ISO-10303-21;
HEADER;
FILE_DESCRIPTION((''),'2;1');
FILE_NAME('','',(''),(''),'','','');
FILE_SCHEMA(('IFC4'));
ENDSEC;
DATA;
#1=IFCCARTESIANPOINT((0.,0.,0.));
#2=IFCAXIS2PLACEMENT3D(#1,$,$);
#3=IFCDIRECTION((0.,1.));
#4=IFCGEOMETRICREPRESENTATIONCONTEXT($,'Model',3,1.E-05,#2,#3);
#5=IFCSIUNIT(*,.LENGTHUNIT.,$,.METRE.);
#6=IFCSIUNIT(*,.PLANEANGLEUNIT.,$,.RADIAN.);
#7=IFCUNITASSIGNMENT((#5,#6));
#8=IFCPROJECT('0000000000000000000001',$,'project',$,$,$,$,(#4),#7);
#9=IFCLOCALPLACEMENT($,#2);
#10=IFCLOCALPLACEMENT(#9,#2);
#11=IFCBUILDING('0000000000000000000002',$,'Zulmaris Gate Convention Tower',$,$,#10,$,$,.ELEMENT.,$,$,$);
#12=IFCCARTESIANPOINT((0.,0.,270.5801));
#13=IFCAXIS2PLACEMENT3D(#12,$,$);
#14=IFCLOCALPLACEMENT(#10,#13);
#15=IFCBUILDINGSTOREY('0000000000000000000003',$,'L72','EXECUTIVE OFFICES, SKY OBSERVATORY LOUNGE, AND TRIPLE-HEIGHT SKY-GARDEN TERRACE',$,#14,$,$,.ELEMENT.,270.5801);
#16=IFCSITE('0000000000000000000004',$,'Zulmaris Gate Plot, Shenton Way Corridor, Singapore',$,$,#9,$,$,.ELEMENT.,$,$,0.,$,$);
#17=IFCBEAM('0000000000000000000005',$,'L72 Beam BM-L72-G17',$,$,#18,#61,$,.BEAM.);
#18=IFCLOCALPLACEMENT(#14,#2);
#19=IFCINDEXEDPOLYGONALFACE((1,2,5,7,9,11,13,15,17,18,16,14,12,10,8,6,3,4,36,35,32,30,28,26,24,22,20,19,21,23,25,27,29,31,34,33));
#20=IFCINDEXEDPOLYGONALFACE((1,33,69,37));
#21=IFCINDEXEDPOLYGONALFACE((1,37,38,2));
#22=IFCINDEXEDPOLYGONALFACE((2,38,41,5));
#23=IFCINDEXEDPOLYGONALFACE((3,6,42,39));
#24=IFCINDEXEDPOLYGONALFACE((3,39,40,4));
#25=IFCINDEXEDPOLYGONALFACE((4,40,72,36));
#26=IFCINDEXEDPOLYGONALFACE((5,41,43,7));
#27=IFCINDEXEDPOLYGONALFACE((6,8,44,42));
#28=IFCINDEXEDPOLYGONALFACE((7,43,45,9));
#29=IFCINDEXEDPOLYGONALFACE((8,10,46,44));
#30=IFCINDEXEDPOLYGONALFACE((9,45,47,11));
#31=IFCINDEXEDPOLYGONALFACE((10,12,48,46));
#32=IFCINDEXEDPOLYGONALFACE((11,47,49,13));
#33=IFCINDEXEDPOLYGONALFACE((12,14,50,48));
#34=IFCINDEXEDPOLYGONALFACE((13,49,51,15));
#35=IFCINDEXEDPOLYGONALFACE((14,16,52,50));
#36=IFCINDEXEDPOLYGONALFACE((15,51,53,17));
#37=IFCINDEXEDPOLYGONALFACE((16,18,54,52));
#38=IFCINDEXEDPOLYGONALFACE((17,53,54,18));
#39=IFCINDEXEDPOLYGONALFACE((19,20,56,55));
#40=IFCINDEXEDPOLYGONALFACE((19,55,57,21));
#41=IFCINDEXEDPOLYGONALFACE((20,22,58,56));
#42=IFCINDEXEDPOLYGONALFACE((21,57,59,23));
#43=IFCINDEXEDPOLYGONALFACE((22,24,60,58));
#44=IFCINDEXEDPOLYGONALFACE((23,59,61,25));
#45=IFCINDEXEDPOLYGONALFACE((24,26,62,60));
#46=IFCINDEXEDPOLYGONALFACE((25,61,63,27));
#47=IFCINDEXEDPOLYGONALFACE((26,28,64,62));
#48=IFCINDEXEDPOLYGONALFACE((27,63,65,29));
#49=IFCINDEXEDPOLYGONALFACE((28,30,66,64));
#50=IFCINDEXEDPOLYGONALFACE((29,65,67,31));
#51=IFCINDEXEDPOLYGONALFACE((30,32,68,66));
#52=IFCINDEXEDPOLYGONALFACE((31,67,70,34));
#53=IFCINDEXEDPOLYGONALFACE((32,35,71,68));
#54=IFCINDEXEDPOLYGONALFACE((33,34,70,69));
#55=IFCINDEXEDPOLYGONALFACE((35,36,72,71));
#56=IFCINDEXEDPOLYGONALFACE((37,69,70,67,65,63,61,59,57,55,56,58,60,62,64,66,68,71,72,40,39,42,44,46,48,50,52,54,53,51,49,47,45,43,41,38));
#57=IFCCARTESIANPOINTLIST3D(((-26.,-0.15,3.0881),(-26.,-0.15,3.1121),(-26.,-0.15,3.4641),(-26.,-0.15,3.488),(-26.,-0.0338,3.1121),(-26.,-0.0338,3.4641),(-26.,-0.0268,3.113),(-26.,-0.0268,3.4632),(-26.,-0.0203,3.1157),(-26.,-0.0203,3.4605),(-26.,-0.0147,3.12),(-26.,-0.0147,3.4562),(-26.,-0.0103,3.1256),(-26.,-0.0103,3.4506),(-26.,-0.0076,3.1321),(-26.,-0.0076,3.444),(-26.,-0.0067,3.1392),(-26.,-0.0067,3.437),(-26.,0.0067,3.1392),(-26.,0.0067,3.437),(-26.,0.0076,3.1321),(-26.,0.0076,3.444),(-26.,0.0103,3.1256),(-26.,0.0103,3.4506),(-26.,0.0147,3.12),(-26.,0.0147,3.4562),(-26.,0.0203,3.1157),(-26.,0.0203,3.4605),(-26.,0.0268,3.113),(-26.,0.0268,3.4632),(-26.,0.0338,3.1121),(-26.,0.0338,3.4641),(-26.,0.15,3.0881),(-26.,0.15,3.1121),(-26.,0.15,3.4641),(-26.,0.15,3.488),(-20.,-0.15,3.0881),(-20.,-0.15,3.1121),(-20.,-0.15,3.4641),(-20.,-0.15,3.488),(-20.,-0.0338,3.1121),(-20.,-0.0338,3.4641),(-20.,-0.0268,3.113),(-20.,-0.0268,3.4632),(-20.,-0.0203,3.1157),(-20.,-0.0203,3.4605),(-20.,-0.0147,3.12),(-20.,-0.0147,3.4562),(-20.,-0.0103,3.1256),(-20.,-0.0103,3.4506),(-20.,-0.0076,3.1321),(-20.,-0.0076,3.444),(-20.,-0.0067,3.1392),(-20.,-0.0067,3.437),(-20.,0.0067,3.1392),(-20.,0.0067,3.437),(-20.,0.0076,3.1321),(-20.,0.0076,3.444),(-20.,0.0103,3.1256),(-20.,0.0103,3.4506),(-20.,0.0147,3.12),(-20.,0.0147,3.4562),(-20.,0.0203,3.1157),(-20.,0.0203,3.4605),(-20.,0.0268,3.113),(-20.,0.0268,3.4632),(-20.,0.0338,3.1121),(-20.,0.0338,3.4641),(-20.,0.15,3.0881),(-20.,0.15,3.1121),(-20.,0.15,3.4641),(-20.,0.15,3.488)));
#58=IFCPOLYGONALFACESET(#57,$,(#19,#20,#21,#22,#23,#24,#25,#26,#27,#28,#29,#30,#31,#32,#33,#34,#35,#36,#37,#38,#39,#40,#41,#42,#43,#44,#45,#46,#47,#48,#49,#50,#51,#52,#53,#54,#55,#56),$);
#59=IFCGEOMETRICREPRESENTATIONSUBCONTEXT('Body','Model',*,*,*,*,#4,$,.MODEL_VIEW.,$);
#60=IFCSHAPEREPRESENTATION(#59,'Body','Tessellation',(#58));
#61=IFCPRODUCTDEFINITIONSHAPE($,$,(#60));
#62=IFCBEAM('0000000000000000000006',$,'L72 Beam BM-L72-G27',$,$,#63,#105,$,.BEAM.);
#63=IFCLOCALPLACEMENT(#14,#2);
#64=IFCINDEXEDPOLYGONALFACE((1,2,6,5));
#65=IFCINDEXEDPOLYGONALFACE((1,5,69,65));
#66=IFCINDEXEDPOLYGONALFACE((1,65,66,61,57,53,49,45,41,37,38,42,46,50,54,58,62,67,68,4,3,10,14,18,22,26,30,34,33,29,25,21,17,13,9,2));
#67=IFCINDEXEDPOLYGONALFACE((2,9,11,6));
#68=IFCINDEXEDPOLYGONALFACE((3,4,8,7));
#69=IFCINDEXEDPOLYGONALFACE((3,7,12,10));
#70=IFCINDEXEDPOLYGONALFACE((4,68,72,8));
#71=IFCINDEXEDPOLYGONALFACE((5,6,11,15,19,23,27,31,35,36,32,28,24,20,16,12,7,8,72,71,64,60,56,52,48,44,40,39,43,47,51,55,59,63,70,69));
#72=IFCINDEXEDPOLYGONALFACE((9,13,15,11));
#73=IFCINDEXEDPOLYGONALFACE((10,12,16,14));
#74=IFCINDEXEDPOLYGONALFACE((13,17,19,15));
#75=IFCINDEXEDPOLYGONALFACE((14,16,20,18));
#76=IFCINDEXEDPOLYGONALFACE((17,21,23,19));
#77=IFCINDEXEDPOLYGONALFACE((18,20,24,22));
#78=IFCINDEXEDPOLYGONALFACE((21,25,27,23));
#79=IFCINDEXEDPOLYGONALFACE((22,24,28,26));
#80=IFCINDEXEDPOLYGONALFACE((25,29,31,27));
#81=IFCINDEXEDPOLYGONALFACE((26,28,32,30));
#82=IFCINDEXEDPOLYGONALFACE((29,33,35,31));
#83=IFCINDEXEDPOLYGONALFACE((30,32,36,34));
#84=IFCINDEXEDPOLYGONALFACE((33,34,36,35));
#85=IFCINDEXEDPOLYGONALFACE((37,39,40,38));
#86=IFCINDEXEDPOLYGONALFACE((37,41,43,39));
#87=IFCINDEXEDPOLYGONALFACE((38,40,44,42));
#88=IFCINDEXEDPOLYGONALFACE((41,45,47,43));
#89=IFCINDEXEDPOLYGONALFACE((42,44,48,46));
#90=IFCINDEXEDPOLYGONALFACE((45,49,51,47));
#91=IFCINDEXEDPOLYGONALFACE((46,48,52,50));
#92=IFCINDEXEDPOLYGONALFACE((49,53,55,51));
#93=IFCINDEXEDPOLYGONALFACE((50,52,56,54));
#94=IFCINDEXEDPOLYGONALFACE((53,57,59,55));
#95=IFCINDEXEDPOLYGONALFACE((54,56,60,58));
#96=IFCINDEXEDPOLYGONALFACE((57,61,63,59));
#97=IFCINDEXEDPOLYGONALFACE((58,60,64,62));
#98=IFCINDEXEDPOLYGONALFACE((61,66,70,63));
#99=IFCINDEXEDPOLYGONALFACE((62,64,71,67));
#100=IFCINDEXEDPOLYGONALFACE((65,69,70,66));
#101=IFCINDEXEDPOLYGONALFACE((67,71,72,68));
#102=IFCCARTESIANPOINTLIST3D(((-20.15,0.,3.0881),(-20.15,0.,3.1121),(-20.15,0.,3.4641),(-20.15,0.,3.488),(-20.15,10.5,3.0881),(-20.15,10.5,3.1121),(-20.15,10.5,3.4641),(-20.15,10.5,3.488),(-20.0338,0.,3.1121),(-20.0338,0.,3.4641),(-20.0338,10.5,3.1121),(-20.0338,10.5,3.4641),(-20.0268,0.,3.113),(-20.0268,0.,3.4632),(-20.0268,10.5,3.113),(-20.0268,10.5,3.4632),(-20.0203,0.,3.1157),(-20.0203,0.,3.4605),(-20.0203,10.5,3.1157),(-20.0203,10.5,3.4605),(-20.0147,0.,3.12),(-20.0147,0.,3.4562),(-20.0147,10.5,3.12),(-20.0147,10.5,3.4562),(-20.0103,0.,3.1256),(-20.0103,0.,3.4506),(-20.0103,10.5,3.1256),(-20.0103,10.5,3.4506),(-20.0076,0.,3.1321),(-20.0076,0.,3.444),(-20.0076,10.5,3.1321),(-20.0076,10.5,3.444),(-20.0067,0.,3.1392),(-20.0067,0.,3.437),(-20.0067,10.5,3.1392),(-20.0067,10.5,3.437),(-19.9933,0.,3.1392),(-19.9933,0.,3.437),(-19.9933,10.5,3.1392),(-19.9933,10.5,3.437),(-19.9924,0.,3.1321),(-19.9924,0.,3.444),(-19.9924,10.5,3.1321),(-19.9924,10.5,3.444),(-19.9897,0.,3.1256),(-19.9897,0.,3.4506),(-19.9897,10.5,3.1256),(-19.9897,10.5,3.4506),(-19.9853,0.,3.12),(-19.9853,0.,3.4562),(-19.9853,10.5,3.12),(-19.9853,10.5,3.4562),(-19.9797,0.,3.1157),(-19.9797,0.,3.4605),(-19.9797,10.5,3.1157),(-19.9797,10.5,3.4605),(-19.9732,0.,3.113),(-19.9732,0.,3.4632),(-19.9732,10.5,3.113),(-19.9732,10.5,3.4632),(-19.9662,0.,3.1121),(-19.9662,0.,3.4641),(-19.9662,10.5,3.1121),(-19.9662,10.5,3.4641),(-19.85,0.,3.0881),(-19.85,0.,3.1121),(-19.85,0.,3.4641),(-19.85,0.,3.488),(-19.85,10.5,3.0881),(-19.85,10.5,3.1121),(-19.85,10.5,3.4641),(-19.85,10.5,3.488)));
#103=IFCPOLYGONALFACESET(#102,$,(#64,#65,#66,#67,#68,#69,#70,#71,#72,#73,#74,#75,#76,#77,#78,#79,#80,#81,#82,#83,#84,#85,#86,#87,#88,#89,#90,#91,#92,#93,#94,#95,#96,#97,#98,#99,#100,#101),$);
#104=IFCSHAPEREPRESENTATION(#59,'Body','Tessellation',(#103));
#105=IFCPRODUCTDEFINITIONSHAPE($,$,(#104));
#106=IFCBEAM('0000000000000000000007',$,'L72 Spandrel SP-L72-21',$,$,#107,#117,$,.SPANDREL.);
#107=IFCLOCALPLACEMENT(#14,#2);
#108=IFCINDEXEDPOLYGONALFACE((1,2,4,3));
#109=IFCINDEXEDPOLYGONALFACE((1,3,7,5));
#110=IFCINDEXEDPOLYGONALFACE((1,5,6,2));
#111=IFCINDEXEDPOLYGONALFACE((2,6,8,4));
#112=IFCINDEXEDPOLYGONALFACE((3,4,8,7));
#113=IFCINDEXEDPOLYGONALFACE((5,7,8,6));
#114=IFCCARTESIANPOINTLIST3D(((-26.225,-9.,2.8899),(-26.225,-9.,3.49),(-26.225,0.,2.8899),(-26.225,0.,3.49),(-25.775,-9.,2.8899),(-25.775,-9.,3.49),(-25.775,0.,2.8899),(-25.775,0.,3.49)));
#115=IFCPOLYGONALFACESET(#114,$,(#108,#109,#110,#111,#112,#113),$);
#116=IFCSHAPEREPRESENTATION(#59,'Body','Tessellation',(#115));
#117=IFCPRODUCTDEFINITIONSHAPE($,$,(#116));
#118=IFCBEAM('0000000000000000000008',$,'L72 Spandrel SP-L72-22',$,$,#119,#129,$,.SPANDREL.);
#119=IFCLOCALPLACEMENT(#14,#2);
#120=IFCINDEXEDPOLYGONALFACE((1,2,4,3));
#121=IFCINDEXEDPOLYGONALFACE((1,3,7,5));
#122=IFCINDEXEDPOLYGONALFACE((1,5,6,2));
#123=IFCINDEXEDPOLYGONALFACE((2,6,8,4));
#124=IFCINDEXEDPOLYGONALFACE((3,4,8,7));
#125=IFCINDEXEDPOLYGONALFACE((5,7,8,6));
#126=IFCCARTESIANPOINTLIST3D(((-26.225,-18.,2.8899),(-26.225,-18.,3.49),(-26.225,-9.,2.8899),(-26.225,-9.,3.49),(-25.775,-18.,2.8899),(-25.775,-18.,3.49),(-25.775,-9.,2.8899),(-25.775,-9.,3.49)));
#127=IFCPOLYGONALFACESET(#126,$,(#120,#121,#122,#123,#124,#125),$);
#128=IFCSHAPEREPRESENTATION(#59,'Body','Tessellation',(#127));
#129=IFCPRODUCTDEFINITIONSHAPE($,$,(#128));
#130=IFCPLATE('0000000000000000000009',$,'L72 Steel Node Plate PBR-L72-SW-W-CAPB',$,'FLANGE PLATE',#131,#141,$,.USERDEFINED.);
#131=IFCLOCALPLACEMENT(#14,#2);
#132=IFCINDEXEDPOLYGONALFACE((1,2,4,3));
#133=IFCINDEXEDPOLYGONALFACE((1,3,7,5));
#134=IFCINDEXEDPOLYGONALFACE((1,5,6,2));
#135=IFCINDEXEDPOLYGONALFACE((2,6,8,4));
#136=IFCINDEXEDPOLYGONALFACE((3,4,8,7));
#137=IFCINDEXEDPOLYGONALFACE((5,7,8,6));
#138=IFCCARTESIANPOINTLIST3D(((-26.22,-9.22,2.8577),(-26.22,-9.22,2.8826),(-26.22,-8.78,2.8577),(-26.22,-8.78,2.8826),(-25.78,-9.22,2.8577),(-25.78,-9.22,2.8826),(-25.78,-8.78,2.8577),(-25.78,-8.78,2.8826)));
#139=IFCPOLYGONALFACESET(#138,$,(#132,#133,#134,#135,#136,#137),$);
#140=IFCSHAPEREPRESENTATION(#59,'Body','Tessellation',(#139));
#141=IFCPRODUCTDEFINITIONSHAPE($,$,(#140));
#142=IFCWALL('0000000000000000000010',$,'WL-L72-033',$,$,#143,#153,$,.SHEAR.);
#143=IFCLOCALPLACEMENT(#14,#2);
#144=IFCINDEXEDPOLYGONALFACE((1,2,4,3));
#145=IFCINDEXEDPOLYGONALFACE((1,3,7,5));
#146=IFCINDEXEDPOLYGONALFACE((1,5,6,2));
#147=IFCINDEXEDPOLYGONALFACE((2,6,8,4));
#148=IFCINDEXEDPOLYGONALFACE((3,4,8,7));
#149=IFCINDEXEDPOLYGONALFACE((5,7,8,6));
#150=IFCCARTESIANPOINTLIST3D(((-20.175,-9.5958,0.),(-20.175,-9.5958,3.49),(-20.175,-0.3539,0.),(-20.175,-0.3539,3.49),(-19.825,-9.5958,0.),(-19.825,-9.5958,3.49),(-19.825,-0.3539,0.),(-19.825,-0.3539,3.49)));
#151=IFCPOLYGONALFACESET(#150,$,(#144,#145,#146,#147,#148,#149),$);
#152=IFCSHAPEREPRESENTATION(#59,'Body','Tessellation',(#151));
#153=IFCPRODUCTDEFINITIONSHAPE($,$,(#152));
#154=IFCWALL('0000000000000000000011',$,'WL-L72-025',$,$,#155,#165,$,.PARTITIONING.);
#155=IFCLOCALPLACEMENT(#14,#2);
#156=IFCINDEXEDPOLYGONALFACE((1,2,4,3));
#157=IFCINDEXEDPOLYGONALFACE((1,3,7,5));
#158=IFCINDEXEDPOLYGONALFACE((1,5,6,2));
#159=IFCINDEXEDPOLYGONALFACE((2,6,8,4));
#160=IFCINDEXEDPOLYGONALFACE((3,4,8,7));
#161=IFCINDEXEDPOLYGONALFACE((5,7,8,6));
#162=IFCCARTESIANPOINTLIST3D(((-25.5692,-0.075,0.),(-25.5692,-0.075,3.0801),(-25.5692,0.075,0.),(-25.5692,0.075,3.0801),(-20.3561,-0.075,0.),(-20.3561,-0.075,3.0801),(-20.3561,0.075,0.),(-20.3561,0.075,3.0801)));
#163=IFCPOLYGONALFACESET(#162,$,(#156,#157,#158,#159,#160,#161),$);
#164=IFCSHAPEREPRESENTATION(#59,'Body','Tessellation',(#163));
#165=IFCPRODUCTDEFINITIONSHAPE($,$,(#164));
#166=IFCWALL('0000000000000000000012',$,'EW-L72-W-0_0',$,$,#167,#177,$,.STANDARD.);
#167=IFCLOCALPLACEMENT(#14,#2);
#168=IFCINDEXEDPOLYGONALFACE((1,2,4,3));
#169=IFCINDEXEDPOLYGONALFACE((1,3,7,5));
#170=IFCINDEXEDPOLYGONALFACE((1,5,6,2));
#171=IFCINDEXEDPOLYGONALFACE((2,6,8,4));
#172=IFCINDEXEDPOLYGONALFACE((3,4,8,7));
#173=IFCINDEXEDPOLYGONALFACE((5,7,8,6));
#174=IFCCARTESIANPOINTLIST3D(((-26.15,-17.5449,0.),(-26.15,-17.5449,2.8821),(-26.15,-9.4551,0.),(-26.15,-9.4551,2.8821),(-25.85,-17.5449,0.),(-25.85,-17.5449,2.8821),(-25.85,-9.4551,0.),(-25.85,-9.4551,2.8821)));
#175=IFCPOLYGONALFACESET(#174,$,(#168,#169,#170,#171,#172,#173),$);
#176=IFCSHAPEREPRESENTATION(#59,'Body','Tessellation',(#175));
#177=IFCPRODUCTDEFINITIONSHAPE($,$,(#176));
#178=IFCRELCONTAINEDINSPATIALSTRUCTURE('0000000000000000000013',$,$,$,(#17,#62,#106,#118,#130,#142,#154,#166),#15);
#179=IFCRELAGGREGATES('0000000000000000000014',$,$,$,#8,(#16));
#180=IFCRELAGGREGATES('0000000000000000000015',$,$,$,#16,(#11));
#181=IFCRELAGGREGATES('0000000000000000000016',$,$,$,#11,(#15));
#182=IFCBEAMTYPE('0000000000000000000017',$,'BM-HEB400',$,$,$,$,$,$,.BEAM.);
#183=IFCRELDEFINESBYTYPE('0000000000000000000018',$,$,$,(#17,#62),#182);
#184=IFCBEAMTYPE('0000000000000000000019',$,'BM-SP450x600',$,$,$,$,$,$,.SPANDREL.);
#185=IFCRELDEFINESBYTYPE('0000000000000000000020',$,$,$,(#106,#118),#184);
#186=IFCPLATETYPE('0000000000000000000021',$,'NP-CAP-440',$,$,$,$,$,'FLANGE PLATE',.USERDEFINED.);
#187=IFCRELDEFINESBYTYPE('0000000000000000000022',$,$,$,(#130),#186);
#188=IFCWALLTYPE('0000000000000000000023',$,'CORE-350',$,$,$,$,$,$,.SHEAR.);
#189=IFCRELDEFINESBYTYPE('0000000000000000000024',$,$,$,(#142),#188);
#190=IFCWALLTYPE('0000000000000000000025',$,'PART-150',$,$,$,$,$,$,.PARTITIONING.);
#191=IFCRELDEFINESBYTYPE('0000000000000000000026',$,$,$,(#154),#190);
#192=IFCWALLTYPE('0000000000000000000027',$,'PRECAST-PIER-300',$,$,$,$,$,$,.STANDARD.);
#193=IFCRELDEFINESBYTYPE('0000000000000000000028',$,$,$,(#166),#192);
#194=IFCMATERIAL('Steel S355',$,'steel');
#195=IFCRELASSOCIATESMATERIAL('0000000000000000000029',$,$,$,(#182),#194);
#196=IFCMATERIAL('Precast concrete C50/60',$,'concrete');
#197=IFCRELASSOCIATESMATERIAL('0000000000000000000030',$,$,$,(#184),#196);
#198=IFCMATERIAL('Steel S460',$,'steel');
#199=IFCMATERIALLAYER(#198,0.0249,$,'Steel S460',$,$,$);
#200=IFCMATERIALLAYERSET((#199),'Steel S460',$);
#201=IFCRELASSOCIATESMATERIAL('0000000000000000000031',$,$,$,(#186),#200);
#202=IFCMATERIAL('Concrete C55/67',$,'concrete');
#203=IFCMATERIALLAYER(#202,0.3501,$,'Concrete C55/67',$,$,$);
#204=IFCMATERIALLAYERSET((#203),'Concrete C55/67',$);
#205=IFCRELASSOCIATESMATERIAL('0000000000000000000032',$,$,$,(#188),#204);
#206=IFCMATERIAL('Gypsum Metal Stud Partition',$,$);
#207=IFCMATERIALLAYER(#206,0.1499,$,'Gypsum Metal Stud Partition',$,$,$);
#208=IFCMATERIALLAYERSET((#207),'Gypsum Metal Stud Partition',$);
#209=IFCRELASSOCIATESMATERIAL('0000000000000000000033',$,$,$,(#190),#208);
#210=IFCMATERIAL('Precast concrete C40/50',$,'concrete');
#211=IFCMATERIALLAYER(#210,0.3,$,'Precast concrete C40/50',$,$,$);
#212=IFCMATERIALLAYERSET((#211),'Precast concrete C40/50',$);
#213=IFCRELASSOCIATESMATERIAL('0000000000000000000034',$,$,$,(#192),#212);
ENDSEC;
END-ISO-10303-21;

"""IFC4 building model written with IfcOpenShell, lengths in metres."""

from ifc_helpers import new_model, si_unit, direction, frame, frame_2d, origin, origin_2d, place, context, subcontext, project, spatial, rectangle, i_section, extrude, material, layer, layer_set, material_profile, profile_set, type_object, element, save


model = new_model("IFC4")

# Units and contexts
model_context = context("Model", 3, precision=1e-05, world=origin(), true_north=direction((0.0, 1.0)))
body_context = subcontext(model_context, "Body", "Model", "MODEL_VIEW")
ifc_project = project(units=[si_unit("LENGTHUNIT", "METRE"), si_unit("PLANEANGLEUNIT", "RADIAN")], contexts=[model_context])

# Site, building, storey
site_placement = place(None, origin())
site = spatial("IfcSite", under=ifc_project, at=site_placement, Name="Zulmaris Gate Plot, Shenton Way Corridor, Singapore", CompositionType="ELEMENT", RefElevation=0.0)
building_placement = place(site_placement, origin())
building = spatial("IfcBuilding", under=site, at=building_placement, Name="Zulmaris Gate Convention Tower", CompositionType="ELEMENT")
storey_placement = place(building_placement, frame((0.0, 0.0, 270.5801)))
storey = spatial("IfcBuildingStorey", under=building, at=storey_placement, Name="L72", Description="EXECUTIVE OFFICES, SKY OBSERVATORY LOUNGE, AND TRIPLE-HEIGHT SKY-GARDEN TERRACE", CompositionType="ELEMENT", Elevation=270.5801)

# Beams
ifc_material_1 = material(Name="Steel S355", Category="steel")
ifc_material_profile_1 = material_profile(ifc_material_1, i_section(OverallWidth=0.3, OverallDepth=0.3999, WebThickness=0.0134, FlangeThickness=0.0239, FilletRadius=0.0271, at=origin_2d()), Name="HEB 400")
ifc_profile_set_1 = profile_set([ifc_material_profile_1], Name="Steel S355")
beam_type_1 = type_object("IfcBeamType", Name="BM-HEB400", PredefinedType="BEAM", material=ifc_profile_set_1)
for number, where, z_axis, x_axis, name in (
    (1, (-26.0, 0.0, 3.2881), (1.0, 0.0, 0.0), (0.0, 1.0, 0.0), "L72 Beam BM-L72-G17"),
):
    element("IfcBeam", number, at=place(storey_placement, frame(where, z_axis=z_axis, x_axis=x_axis)), inside=storey, type_object=beam_type_1, Name=name, PredefinedType="BEAM", context=body_context, shape_type="SweptSolid", body=[
        extrude(i_section(OverallWidth=0.3, OverallDepth=0.3999, WebThickness=0.0134, FlangeThickness=0.0239, FilletRadius=0.0271, at=origin_2d()), origin(), (0.0, 0.0, 1.0), 6.0),
    ])
beam_placement = place(storey_placement, frame((-20.0, 0.0, 3.2881), z_axis=(0.0, 1.0, 0.0), x_axis=(-1.0, 0.0, 0.0)))
element("IfcBeam", 2, at=beam_placement, inside=storey, type_object=beam_type_1, Name="L72 Beam BM-L72-G27", PredefinedType="BEAM", context=body_context, shape_type="SweptSolid", body=[
    extrude(i_section(OverallWidth=0.3, OverallDepth=0.3999, WebThickness=0.0134, FlangeThickness=0.0239, FilletRadius=0.0271, at=origin_2d()), origin(), (0.0, 0.0, 1.0), 10.5),
])
ifc_material_2 = material(Name="Precast concrete C50/60", Category="concrete")
ifc_material_profile_2 = material_profile(ifc_material_2, rectangle(XDim=0.45, YDim=0.6001, at=origin_2d()), Name="RC SPANDREL 450x600")
ifc_profile_set_2 = profile_set([ifc_material_profile_2], Name="Precast concrete C50/60")
beam_type_2 = type_object("IfcBeamType", Name="BM-SP450x600", PredefinedType="SPANDREL", material=ifc_profile_set_2)
for number, where, z_axis, x_axis, name in (
    (3, (-26.0, 0.0, 3.1899), (0.0, -1.0, 0.0), (1.0, 0.0, 0.0), "L72 Spandrel SP-L72-21"),
    (4, (-26.0, -9.0, 3.1899), (0.0, -1.0, 0.0), (1.0, 0.0, 0.0), "L72 Spandrel SP-L72-22"),
):
    element("IfcBeam", number, at=place(storey_placement, frame(where, z_axis=z_axis, x_axis=x_axis)), inside=storey, type_object=beam_type_2, Name=name, PredefinedType="SPANDREL", context=body_context, shape_type="SweptSolid", body=[
        extrude(rectangle(XDim=0.45, YDim=0.6001, at=origin_2d()), origin(), (0.0, 0.0, 1.0), 9.0),
    ])

# Plate
ifc_material_3 = material(Name="Steel S460", Category="steel")
ifc_layer_1 = layer(ifc_material_3, 0.0249, Name="Steel S460")
ifc_layer_set_1 = layer_set([ifc_layer_1], Name="Steel S460")
plate_type = type_object("IfcPlateType", Name="NP-CAP-440", ElementType="FLANGE PLATE", PredefinedType="USERDEFINED", material=ifc_layer_set_1)
plate_placement = place(storey_placement, frame((-26.0, -9.0, 2.8577), z_axis=(0.0, 0.0, 1.0), x_axis=(1.0, 0.0, 0.0)))
element("IfcPlate", 5, at=plate_placement, inside=storey, type_object=plate_type, Name="L72 Steel Node Plate PBR-L72-SW-W-CAPB", ObjectType="FLANGE PLATE", PredefinedType="USERDEFINED", context=body_context, shape_type="SweptSolid", body=[
    extrude(rectangle(XDim=0.4399, YDim=0.4399, at=origin_2d()), origin(), (0.0, 0.0, 1.0), 0.0249),
])

# Shared definitions
ifc_material_4 = material(Name="Concrete C55/67", Category="concrete")
ifc_layer_2 = layer(ifc_material_4, 0.3501, Name="Concrete C55/67")
ifc_layer_set_2 = layer_set([ifc_layer_2], Name="Concrete C55/67")
wall_type_1 = type_object("IfcWallType", Name="CORE-350", PredefinedType="SHEAR", material=ifc_layer_set_2)

# Walls
wall_1_placement = place(storey_placement, frame((-20.0, -9.5959, 0.0), z_axis=(0.0, 0.0, 1.0), x_axis=(0.0, 1.0, 0.0)))
element("IfcWall", 6, at=wall_1_placement, inside=storey, type_object=wall_type_1, Name="WL-L72-033", PredefinedType="SHEAR", context=body_context, shape_type="SweptSolid", body=[
    extrude(rectangle(XDim=9.2419, YDim=0.3501, at=frame_2d((4.6211, 0.0))), origin(), (0.0, 0.0, 1.0), 3.49),
])
ifc_material_5 = material(Name="Gypsum Metal Stud Partition")
ifc_layer_3 = layer(ifc_material_5, 0.1499, Name="Gypsum Metal Stud Partition")
ifc_layer_set_3 = layer_set([ifc_layer_3], Name="Gypsum Metal Stud Partition")
wall_type_2 = type_object("IfcWallType", Name="PART-150", PredefinedType="PARTITIONING", material=ifc_layer_set_3)
wall_2_placement = place(storey_placement, frame((-25.5691, 0.0, 0.0), z_axis=(0.0, 0.0, 1.0), x_axis=(1.0, 0.0, 0.0)))
element("IfcWall", 7, at=wall_2_placement, inside=storey, type_object=wall_type_2, Name="WL-L72-025", PredefinedType="PARTITIONING", context=body_context, shape_type="SweptSolid", body=[
    extrude(rectangle(XDim=5.2131, YDim=0.1499, at=frame_2d((2.6064, 0.0))), origin(), (0.0, 0.0, 1.0), 3.0801),
])
ifc_material_6 = material(Name="Precast concrete C40/50", Category="concrete")
ifc_layer_4 = layer(ifc_material_6, 0.3, Name="Precast concrete C40/50")
ifc_layer_set_4 = layer_set([ifc_layer_4], Name="Precast concrete C40/50")
wall_type_3 = type_object("IfcWallType", Name="PRECAST-PIER-300", PredefinedType="STANDARD", material=ifc_layer_set_4)
wall_3_placement = place(storey_placement, frame((-26.0, -9.4551, 0.0), z_axis=(0.0, 0.0, 1.0), x_axis=(0.0, -1.0, 0.0)))
element("IfcWall", 8, at=wall_3_placement, inside=storey, type_object=wall_type_3, Name="EW-L72-W-0_0", PredefinedType="STANDARD", context=body_context, shape_type="SweptSolid", body=[
    extrude(rectangle(XDim=8.0898, YDim=0.3, at=frame_2d((4.0449, 0.0))), origin(), (0.0, 0.0, 1.0), 2.8821),
])

save(model, "model.ifc")
